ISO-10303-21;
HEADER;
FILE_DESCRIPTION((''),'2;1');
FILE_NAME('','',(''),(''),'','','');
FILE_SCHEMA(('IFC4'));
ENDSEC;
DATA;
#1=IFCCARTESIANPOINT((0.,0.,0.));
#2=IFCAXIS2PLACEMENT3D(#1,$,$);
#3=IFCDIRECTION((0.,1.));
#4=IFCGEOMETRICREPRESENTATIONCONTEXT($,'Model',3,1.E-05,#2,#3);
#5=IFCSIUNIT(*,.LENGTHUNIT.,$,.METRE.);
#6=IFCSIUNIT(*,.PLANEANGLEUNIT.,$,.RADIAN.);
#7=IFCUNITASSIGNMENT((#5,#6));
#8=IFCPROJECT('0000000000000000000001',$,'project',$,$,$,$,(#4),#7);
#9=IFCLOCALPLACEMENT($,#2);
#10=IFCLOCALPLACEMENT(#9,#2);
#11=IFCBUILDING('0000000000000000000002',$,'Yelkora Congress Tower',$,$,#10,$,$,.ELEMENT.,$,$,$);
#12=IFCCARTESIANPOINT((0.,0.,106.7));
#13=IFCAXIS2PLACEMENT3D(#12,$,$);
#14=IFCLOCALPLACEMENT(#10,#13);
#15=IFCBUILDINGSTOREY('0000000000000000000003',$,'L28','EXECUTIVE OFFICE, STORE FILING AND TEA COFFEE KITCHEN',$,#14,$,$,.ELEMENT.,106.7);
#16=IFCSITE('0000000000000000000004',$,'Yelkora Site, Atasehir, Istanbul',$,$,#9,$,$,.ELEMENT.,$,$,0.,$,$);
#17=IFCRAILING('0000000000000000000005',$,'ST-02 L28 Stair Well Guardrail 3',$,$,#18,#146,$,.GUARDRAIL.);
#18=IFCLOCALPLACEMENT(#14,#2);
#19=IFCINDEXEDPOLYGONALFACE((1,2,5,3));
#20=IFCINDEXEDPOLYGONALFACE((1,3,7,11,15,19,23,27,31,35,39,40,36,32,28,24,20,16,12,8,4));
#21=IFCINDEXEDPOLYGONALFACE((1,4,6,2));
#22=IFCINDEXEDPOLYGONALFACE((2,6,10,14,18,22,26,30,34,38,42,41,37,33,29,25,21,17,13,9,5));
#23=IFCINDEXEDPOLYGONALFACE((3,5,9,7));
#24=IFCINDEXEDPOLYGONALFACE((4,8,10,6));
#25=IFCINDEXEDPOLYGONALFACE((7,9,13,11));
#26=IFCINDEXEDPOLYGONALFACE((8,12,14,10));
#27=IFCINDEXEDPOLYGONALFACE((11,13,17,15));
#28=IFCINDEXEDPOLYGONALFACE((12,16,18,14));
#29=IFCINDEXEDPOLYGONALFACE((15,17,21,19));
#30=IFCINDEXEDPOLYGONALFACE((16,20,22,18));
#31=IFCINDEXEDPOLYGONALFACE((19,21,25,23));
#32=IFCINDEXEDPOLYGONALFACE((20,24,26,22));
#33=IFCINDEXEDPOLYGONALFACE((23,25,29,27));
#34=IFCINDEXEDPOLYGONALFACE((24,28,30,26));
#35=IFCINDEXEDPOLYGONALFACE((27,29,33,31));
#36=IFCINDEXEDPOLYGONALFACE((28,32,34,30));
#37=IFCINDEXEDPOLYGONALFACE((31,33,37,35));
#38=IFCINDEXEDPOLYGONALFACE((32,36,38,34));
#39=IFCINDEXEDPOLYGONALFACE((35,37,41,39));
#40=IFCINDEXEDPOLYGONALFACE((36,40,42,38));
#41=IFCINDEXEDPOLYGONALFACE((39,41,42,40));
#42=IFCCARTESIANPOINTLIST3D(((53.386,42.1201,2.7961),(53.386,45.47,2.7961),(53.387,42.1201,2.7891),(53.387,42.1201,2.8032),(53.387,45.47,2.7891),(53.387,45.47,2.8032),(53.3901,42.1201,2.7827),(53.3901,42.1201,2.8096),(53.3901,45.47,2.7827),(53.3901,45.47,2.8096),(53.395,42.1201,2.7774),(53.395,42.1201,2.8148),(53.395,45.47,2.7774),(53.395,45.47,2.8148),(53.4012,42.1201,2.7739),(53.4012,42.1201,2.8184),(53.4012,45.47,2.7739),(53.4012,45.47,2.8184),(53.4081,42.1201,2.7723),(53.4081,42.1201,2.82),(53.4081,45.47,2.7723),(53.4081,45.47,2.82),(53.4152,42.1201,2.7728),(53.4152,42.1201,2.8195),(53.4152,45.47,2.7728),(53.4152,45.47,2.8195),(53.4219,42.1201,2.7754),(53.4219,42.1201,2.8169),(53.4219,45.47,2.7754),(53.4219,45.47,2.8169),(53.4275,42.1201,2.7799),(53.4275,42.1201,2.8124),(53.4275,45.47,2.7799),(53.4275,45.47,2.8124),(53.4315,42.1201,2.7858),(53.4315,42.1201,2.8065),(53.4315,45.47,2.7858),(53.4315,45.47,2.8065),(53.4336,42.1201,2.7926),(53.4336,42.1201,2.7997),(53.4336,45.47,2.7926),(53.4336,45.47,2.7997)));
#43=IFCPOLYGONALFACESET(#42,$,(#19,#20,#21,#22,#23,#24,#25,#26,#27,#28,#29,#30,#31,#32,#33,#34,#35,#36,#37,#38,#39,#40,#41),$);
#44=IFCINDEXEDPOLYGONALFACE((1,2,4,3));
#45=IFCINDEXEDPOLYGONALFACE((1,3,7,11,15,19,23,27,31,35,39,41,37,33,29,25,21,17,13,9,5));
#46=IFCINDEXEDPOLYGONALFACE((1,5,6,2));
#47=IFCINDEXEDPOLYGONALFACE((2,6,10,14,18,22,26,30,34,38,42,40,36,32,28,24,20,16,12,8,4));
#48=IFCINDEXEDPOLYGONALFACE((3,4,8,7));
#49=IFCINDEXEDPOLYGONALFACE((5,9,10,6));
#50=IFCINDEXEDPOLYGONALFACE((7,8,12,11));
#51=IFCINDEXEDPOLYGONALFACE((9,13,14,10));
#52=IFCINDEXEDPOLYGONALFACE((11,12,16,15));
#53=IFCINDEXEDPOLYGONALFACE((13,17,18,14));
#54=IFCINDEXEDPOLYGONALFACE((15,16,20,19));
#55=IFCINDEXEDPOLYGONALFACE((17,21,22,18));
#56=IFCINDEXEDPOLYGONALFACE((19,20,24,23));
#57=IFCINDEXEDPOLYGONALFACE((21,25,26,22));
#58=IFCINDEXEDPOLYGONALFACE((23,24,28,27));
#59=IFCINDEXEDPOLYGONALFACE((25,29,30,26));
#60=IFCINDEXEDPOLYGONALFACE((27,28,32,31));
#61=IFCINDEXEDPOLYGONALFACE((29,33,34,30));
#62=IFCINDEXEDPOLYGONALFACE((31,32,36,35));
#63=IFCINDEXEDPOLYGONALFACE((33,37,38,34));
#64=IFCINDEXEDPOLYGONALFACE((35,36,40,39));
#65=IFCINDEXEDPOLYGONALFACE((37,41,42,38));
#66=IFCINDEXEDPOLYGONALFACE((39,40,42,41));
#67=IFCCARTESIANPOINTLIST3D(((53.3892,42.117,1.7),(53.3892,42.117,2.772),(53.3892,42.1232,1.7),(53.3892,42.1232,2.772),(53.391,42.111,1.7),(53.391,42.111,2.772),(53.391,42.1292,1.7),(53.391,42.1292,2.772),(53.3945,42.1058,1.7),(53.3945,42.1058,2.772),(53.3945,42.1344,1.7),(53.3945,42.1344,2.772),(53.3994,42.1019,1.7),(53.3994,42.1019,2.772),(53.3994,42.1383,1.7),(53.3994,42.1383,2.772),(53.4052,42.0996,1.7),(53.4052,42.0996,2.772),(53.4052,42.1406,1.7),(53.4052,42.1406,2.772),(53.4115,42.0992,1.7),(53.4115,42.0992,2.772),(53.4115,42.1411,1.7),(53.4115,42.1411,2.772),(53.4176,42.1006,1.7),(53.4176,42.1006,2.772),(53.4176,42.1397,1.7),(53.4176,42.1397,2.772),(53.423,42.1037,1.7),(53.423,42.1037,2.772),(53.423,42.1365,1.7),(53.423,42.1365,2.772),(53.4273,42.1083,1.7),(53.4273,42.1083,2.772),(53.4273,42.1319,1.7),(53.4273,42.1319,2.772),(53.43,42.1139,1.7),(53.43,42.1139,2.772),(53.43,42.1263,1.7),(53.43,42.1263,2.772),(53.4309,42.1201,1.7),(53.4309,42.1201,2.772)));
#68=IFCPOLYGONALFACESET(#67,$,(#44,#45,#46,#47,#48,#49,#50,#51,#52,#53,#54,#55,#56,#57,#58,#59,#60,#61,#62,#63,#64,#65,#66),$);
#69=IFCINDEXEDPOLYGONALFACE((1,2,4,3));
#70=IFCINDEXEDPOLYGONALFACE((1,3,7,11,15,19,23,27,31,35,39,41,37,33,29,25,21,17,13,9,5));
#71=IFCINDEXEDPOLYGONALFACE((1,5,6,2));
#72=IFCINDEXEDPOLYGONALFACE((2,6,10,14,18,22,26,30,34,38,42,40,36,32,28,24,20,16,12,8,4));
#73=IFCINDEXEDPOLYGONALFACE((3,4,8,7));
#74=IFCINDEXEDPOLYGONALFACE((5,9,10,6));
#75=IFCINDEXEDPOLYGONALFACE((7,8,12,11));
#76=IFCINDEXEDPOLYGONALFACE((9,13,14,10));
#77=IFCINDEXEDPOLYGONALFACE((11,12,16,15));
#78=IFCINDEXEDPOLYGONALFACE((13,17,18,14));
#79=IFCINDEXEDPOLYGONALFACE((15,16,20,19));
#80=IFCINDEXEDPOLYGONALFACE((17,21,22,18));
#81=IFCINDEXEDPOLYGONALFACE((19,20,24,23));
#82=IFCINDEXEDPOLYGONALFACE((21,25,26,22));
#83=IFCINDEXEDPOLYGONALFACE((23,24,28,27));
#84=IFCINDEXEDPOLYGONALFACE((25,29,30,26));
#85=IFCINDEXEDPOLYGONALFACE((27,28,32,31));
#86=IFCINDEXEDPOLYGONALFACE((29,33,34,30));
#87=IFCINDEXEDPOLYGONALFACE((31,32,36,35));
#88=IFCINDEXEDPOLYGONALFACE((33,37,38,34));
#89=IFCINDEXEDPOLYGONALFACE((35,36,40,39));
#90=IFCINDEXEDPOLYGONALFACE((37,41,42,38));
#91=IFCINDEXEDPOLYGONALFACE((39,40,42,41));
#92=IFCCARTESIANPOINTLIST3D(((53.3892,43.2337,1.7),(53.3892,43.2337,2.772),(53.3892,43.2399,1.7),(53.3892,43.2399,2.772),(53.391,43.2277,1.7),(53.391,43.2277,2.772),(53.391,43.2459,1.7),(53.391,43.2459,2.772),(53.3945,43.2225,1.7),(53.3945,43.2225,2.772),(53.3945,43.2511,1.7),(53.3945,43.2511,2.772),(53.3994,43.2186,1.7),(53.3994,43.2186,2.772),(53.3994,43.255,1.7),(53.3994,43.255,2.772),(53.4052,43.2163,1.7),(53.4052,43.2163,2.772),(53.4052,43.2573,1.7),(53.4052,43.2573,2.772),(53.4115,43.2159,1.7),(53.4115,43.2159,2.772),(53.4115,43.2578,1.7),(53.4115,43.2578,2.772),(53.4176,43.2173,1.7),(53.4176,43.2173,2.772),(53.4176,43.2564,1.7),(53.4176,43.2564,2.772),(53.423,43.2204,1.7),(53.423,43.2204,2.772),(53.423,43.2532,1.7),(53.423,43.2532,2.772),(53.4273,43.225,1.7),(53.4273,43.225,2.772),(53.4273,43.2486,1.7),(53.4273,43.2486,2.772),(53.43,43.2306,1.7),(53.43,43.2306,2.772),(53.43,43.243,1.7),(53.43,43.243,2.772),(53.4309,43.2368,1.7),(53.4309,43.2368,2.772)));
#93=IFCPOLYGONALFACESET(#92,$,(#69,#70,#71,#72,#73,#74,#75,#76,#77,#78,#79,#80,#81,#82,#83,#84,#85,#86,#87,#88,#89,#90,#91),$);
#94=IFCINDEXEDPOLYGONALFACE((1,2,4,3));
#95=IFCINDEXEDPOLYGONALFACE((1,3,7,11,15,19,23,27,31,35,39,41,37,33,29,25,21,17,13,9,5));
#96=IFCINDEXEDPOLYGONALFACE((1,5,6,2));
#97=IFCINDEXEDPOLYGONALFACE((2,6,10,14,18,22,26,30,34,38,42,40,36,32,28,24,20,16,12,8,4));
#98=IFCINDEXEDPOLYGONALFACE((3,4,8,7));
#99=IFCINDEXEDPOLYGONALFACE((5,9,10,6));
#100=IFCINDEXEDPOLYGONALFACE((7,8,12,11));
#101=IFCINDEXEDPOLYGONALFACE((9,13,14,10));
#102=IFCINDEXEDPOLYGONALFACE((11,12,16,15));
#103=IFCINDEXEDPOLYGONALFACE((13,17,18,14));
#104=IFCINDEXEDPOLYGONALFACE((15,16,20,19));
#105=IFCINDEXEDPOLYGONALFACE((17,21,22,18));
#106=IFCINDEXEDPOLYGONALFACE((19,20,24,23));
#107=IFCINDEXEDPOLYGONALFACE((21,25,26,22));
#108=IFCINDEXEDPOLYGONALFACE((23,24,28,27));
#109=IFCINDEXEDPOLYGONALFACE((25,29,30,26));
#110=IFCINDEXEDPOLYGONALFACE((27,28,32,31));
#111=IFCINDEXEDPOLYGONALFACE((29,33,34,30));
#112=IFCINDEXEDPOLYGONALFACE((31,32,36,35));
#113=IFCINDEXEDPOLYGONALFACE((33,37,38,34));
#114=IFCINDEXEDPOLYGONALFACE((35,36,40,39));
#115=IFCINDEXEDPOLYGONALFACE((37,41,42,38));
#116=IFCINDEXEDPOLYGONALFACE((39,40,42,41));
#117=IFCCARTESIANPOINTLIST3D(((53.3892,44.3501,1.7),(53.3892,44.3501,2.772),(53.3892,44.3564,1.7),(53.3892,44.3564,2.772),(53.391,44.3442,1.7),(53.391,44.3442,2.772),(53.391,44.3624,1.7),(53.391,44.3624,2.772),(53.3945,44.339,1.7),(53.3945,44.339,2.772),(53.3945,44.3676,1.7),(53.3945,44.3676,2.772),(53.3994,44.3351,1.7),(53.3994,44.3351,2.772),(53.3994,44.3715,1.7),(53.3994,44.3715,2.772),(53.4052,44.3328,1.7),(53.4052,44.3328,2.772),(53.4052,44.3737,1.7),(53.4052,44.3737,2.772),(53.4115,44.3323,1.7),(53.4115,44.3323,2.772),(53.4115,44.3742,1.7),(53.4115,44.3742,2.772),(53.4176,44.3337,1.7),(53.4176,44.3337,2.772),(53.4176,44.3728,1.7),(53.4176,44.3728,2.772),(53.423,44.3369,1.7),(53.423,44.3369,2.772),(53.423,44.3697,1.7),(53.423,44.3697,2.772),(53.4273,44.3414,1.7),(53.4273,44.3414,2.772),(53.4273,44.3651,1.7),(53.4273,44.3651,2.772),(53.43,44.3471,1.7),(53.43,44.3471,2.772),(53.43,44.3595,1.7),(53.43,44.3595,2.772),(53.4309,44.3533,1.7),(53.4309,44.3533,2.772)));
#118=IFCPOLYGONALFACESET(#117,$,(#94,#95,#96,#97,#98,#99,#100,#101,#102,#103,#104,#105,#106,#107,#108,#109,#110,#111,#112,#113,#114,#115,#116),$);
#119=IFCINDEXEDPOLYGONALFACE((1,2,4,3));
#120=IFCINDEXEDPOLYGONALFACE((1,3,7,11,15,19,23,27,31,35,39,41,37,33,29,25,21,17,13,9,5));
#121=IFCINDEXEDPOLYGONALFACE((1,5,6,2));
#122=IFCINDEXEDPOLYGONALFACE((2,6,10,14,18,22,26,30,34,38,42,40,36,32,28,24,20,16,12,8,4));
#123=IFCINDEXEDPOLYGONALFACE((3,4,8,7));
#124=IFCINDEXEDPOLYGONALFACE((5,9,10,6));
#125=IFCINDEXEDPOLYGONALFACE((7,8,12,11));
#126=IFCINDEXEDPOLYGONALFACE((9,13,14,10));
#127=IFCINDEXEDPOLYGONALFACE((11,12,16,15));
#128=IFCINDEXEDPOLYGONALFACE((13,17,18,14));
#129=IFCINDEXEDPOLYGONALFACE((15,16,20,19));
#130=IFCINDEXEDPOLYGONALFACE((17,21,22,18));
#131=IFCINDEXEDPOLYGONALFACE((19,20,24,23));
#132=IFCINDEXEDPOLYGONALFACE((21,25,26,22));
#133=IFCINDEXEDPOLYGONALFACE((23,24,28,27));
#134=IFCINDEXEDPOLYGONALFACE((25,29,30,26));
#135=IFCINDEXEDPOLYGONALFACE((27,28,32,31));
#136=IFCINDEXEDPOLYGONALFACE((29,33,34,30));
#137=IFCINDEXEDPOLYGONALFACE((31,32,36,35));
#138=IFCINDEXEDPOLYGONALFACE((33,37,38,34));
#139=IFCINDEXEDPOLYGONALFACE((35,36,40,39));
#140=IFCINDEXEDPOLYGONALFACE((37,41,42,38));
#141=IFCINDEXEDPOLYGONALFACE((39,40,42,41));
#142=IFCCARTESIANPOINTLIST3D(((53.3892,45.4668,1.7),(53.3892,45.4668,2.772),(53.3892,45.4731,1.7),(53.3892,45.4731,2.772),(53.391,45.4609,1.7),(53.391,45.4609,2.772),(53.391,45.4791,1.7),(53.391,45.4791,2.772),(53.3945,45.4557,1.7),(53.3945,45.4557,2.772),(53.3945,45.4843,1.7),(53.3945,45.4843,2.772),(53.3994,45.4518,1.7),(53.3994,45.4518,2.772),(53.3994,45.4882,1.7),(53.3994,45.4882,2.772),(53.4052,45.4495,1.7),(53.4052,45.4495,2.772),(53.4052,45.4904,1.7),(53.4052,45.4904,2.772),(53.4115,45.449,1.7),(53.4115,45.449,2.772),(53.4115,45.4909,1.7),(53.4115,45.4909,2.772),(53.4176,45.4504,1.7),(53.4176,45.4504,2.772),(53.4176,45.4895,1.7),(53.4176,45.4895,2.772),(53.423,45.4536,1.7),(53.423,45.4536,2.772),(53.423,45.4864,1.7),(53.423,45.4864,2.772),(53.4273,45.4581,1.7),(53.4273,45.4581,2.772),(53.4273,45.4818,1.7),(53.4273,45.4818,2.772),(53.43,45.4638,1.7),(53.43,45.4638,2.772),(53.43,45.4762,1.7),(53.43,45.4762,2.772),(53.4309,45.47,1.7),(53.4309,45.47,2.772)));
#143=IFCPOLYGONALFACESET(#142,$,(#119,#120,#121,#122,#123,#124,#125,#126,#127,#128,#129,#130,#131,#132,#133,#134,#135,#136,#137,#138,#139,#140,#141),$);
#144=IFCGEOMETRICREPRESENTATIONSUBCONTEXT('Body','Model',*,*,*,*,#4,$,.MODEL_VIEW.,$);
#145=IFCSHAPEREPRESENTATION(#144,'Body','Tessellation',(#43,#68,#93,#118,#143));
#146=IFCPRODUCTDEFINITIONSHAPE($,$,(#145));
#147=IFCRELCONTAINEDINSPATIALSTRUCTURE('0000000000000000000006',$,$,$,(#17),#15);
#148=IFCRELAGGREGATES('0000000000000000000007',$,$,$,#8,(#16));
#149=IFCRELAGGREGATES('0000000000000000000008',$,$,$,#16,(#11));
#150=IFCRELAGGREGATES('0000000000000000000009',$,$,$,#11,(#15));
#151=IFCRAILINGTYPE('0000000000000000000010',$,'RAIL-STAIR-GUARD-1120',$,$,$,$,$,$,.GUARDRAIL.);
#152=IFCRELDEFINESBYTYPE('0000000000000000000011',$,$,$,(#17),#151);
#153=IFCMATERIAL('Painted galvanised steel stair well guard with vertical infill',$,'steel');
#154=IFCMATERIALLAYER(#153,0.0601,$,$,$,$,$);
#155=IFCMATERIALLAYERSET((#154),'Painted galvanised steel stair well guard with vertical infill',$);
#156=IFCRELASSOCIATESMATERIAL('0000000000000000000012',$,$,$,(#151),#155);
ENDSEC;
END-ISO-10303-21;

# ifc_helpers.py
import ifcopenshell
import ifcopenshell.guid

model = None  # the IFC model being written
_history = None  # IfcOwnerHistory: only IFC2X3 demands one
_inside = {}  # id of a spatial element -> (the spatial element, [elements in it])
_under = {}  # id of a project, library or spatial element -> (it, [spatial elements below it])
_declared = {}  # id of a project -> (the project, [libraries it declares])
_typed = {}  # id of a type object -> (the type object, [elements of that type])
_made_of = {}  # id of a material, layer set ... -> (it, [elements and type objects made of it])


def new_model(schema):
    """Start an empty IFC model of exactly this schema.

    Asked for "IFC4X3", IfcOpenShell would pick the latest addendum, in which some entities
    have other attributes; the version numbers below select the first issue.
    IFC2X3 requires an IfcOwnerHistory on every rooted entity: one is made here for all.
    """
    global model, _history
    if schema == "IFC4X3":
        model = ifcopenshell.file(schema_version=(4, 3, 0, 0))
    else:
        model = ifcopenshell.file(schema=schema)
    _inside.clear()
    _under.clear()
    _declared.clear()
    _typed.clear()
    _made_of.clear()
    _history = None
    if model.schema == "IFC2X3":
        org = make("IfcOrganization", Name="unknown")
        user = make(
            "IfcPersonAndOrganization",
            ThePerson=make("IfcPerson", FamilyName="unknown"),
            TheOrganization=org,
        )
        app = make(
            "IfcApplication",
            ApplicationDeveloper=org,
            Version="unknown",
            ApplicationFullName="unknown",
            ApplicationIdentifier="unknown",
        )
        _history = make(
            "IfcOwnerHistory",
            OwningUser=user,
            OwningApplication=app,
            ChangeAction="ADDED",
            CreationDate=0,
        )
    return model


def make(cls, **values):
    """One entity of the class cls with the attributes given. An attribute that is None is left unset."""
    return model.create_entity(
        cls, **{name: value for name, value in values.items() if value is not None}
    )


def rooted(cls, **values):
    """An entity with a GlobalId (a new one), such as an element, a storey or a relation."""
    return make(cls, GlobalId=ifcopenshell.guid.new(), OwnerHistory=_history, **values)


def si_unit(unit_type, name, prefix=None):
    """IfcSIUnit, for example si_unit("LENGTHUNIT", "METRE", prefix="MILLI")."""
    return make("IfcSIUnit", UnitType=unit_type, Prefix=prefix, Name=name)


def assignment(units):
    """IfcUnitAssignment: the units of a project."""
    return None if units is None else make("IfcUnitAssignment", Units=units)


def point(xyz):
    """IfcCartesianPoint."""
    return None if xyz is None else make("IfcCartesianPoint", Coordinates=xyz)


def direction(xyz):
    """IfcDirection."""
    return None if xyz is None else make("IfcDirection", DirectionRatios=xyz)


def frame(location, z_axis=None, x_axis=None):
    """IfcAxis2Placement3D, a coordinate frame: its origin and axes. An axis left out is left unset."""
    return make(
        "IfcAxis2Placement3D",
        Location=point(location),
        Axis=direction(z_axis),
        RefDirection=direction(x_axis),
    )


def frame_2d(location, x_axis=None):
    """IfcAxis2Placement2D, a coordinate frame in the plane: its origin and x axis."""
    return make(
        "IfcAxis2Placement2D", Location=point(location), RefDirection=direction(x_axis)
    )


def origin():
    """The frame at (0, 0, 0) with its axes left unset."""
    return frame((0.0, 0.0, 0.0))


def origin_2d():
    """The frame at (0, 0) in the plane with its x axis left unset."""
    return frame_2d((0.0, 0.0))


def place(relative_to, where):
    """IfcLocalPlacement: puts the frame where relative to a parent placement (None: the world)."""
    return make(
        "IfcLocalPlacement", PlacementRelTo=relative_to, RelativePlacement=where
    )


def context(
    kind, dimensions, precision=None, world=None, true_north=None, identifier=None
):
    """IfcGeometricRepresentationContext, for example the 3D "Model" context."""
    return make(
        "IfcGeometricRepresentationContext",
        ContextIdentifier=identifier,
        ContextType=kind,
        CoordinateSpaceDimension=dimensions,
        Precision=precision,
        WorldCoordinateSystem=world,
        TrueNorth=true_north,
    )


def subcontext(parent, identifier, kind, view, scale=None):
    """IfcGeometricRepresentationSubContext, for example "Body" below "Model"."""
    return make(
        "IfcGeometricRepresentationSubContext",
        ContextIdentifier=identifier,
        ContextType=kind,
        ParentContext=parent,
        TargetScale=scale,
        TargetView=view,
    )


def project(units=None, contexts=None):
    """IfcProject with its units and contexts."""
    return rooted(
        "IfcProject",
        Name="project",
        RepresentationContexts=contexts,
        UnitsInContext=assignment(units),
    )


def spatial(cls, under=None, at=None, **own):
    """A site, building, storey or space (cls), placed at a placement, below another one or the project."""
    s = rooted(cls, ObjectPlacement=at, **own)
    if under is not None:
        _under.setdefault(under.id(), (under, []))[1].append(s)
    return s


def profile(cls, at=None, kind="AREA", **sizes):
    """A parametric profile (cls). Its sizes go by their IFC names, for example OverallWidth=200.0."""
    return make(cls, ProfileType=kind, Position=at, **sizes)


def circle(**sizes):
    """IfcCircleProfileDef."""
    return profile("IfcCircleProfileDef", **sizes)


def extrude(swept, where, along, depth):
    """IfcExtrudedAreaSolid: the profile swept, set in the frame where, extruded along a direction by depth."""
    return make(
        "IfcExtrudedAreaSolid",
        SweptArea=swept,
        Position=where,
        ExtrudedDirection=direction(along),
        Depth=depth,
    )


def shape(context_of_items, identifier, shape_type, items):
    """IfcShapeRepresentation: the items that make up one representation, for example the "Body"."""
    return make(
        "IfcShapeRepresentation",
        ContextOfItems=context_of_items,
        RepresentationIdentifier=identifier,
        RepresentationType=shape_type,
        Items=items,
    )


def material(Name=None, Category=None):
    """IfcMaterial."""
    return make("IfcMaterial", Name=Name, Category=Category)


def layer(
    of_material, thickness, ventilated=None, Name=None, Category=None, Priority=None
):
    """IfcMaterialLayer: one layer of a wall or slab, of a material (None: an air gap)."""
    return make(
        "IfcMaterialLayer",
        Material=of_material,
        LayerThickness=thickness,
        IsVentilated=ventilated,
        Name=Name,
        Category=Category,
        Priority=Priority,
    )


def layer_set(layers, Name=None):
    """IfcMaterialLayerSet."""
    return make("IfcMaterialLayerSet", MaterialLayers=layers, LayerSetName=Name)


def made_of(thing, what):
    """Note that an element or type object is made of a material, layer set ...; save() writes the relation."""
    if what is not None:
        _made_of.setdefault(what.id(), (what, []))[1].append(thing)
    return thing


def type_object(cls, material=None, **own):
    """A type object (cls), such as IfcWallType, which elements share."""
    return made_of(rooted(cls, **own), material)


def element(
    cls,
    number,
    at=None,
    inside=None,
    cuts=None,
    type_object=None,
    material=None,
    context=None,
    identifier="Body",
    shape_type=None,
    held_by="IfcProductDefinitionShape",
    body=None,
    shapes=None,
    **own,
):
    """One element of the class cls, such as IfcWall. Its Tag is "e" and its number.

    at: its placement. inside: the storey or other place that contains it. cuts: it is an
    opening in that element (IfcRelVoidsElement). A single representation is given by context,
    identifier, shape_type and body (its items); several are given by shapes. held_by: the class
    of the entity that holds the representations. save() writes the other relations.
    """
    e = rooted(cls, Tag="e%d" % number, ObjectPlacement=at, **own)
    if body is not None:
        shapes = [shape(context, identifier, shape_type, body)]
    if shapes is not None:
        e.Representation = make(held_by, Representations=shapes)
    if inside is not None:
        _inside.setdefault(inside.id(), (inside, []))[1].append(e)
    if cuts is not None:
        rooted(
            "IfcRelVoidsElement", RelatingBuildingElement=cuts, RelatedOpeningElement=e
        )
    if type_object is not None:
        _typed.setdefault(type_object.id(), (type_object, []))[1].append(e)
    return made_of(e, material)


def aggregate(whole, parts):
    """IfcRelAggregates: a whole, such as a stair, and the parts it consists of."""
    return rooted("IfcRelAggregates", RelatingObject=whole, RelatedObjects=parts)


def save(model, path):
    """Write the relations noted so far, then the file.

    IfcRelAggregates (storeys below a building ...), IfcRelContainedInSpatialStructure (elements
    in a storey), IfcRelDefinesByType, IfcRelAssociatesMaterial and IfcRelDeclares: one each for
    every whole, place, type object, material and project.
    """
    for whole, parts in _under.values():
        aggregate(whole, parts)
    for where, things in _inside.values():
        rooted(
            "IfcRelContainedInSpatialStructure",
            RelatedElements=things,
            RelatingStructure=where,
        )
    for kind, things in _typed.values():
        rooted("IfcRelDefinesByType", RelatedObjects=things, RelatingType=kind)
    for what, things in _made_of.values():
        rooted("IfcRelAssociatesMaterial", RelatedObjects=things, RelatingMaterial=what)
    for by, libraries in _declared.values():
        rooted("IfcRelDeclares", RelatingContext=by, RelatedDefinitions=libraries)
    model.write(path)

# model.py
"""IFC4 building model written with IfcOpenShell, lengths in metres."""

from ifc_helpers import new_model, si_unit, direction, frame, origin, origin_2d, place, context, subcontext, project, spatial, circle, extrude, material, layer, layer_set, type_object, element, save


model = new_model("IFC4")

# Units and contexts
model_context = context("Model", 3, precision=1e-05, world=origin(), true_north=direction((0.0, 1.0)))
body_context = subcontext(model_context, "Body", "Model", "MODEL_VIEW")
ifc_project = project(units=[si_unit("LENGTHUNIT", "METRE"), si_unit("PLANEANGLEUNIT", "RADIAN")], contexts=[model_context])

# Site, building, storey
site_placement = place(None, origin())
site = spatial("IfcSite", under=ifc_project, at=site_placement, Name="Yelkora Site, Atasehir, Istanbul", CompositionType="ELEMENT", RefElevation=0.0)
building_placement = place(site_placement, origin())
building = spatial("IfcBuilding", under=site, at=building_placement, Name="Yelkora Congress Tower", CompositionType="ELEMENT")
storey_placement = place(building_placement, frame((0.0, 0.0, 106.7)))
storey = spatial("IfcBuildingStorey", under=building, at=storey_placement, Name="L28", Description="EXECUTIVE OFFICE, STORE FILING AND TEA COFFEE KITCHEN", CompositionType="ELEMENT", Elevation=106.7)

# Railing
ifc_material_1 = material(Name="Painted galvanised steel stair well guard with vertical infill", Category="steel")
ifc_layer_1 = layer(ifc_material_1, 0.0601)
ifc_layer_set_1 = layer_set([ifc_layer_1], Name="Painted galvanised steel stair well guard with vertical infill")
railing_type_1 = type_object("IfcRailingType", Name="RAIL-STAIR-GUARD-1120", PredefinedType="GUARDRAIL", material=ifc_layer_set_1)
for number, where, name in (
    (1, (53.4099, 42.1201, 1.7), "ST-02 L28 Stair Well Guardrail 3"),
):
    element("IfcRailing", number, at=place(storey_placement, frame(where)), inside=storey, type_object=railing_type_1, Name=name, PredefinedType="GUARDRAIL", context=body_context, shape_type="SweptSolid", body=[
        extrude(circle(Radius=0.0239, at=origin_2d()), frame((0.0, 0.0, 1.0962), z_axis=(0.0, 1.0, 0.0), x_axis=(-1.0, 0.0, 0.0)), (0.0, 0.0, 1.0), 3.3499),
        extrude(circle(Radius=0.021, at=origin_2d()), origin(), (0.0, 0.0, 1.0), 1.072),
        extrude(circle(Radius=0.021, at=origin_2d()), frame((0.0, 1.1167, 0.0)), (0.0, 0.0, 1.0), 1.072),
        extrude(circle(Radius=0.021, at=origin_2d()), frame((0.0, 2.2332, 0.0)), (0.0, 0.0, 1.0), 1.072),
        extrude(circle(Radius=0.021, at=origin_2d()), frame((0.0, 3.3499, 0.0)), (0.0, 0.0, 1.0), 1.072),
    ])

save(model, "model.ifc")
